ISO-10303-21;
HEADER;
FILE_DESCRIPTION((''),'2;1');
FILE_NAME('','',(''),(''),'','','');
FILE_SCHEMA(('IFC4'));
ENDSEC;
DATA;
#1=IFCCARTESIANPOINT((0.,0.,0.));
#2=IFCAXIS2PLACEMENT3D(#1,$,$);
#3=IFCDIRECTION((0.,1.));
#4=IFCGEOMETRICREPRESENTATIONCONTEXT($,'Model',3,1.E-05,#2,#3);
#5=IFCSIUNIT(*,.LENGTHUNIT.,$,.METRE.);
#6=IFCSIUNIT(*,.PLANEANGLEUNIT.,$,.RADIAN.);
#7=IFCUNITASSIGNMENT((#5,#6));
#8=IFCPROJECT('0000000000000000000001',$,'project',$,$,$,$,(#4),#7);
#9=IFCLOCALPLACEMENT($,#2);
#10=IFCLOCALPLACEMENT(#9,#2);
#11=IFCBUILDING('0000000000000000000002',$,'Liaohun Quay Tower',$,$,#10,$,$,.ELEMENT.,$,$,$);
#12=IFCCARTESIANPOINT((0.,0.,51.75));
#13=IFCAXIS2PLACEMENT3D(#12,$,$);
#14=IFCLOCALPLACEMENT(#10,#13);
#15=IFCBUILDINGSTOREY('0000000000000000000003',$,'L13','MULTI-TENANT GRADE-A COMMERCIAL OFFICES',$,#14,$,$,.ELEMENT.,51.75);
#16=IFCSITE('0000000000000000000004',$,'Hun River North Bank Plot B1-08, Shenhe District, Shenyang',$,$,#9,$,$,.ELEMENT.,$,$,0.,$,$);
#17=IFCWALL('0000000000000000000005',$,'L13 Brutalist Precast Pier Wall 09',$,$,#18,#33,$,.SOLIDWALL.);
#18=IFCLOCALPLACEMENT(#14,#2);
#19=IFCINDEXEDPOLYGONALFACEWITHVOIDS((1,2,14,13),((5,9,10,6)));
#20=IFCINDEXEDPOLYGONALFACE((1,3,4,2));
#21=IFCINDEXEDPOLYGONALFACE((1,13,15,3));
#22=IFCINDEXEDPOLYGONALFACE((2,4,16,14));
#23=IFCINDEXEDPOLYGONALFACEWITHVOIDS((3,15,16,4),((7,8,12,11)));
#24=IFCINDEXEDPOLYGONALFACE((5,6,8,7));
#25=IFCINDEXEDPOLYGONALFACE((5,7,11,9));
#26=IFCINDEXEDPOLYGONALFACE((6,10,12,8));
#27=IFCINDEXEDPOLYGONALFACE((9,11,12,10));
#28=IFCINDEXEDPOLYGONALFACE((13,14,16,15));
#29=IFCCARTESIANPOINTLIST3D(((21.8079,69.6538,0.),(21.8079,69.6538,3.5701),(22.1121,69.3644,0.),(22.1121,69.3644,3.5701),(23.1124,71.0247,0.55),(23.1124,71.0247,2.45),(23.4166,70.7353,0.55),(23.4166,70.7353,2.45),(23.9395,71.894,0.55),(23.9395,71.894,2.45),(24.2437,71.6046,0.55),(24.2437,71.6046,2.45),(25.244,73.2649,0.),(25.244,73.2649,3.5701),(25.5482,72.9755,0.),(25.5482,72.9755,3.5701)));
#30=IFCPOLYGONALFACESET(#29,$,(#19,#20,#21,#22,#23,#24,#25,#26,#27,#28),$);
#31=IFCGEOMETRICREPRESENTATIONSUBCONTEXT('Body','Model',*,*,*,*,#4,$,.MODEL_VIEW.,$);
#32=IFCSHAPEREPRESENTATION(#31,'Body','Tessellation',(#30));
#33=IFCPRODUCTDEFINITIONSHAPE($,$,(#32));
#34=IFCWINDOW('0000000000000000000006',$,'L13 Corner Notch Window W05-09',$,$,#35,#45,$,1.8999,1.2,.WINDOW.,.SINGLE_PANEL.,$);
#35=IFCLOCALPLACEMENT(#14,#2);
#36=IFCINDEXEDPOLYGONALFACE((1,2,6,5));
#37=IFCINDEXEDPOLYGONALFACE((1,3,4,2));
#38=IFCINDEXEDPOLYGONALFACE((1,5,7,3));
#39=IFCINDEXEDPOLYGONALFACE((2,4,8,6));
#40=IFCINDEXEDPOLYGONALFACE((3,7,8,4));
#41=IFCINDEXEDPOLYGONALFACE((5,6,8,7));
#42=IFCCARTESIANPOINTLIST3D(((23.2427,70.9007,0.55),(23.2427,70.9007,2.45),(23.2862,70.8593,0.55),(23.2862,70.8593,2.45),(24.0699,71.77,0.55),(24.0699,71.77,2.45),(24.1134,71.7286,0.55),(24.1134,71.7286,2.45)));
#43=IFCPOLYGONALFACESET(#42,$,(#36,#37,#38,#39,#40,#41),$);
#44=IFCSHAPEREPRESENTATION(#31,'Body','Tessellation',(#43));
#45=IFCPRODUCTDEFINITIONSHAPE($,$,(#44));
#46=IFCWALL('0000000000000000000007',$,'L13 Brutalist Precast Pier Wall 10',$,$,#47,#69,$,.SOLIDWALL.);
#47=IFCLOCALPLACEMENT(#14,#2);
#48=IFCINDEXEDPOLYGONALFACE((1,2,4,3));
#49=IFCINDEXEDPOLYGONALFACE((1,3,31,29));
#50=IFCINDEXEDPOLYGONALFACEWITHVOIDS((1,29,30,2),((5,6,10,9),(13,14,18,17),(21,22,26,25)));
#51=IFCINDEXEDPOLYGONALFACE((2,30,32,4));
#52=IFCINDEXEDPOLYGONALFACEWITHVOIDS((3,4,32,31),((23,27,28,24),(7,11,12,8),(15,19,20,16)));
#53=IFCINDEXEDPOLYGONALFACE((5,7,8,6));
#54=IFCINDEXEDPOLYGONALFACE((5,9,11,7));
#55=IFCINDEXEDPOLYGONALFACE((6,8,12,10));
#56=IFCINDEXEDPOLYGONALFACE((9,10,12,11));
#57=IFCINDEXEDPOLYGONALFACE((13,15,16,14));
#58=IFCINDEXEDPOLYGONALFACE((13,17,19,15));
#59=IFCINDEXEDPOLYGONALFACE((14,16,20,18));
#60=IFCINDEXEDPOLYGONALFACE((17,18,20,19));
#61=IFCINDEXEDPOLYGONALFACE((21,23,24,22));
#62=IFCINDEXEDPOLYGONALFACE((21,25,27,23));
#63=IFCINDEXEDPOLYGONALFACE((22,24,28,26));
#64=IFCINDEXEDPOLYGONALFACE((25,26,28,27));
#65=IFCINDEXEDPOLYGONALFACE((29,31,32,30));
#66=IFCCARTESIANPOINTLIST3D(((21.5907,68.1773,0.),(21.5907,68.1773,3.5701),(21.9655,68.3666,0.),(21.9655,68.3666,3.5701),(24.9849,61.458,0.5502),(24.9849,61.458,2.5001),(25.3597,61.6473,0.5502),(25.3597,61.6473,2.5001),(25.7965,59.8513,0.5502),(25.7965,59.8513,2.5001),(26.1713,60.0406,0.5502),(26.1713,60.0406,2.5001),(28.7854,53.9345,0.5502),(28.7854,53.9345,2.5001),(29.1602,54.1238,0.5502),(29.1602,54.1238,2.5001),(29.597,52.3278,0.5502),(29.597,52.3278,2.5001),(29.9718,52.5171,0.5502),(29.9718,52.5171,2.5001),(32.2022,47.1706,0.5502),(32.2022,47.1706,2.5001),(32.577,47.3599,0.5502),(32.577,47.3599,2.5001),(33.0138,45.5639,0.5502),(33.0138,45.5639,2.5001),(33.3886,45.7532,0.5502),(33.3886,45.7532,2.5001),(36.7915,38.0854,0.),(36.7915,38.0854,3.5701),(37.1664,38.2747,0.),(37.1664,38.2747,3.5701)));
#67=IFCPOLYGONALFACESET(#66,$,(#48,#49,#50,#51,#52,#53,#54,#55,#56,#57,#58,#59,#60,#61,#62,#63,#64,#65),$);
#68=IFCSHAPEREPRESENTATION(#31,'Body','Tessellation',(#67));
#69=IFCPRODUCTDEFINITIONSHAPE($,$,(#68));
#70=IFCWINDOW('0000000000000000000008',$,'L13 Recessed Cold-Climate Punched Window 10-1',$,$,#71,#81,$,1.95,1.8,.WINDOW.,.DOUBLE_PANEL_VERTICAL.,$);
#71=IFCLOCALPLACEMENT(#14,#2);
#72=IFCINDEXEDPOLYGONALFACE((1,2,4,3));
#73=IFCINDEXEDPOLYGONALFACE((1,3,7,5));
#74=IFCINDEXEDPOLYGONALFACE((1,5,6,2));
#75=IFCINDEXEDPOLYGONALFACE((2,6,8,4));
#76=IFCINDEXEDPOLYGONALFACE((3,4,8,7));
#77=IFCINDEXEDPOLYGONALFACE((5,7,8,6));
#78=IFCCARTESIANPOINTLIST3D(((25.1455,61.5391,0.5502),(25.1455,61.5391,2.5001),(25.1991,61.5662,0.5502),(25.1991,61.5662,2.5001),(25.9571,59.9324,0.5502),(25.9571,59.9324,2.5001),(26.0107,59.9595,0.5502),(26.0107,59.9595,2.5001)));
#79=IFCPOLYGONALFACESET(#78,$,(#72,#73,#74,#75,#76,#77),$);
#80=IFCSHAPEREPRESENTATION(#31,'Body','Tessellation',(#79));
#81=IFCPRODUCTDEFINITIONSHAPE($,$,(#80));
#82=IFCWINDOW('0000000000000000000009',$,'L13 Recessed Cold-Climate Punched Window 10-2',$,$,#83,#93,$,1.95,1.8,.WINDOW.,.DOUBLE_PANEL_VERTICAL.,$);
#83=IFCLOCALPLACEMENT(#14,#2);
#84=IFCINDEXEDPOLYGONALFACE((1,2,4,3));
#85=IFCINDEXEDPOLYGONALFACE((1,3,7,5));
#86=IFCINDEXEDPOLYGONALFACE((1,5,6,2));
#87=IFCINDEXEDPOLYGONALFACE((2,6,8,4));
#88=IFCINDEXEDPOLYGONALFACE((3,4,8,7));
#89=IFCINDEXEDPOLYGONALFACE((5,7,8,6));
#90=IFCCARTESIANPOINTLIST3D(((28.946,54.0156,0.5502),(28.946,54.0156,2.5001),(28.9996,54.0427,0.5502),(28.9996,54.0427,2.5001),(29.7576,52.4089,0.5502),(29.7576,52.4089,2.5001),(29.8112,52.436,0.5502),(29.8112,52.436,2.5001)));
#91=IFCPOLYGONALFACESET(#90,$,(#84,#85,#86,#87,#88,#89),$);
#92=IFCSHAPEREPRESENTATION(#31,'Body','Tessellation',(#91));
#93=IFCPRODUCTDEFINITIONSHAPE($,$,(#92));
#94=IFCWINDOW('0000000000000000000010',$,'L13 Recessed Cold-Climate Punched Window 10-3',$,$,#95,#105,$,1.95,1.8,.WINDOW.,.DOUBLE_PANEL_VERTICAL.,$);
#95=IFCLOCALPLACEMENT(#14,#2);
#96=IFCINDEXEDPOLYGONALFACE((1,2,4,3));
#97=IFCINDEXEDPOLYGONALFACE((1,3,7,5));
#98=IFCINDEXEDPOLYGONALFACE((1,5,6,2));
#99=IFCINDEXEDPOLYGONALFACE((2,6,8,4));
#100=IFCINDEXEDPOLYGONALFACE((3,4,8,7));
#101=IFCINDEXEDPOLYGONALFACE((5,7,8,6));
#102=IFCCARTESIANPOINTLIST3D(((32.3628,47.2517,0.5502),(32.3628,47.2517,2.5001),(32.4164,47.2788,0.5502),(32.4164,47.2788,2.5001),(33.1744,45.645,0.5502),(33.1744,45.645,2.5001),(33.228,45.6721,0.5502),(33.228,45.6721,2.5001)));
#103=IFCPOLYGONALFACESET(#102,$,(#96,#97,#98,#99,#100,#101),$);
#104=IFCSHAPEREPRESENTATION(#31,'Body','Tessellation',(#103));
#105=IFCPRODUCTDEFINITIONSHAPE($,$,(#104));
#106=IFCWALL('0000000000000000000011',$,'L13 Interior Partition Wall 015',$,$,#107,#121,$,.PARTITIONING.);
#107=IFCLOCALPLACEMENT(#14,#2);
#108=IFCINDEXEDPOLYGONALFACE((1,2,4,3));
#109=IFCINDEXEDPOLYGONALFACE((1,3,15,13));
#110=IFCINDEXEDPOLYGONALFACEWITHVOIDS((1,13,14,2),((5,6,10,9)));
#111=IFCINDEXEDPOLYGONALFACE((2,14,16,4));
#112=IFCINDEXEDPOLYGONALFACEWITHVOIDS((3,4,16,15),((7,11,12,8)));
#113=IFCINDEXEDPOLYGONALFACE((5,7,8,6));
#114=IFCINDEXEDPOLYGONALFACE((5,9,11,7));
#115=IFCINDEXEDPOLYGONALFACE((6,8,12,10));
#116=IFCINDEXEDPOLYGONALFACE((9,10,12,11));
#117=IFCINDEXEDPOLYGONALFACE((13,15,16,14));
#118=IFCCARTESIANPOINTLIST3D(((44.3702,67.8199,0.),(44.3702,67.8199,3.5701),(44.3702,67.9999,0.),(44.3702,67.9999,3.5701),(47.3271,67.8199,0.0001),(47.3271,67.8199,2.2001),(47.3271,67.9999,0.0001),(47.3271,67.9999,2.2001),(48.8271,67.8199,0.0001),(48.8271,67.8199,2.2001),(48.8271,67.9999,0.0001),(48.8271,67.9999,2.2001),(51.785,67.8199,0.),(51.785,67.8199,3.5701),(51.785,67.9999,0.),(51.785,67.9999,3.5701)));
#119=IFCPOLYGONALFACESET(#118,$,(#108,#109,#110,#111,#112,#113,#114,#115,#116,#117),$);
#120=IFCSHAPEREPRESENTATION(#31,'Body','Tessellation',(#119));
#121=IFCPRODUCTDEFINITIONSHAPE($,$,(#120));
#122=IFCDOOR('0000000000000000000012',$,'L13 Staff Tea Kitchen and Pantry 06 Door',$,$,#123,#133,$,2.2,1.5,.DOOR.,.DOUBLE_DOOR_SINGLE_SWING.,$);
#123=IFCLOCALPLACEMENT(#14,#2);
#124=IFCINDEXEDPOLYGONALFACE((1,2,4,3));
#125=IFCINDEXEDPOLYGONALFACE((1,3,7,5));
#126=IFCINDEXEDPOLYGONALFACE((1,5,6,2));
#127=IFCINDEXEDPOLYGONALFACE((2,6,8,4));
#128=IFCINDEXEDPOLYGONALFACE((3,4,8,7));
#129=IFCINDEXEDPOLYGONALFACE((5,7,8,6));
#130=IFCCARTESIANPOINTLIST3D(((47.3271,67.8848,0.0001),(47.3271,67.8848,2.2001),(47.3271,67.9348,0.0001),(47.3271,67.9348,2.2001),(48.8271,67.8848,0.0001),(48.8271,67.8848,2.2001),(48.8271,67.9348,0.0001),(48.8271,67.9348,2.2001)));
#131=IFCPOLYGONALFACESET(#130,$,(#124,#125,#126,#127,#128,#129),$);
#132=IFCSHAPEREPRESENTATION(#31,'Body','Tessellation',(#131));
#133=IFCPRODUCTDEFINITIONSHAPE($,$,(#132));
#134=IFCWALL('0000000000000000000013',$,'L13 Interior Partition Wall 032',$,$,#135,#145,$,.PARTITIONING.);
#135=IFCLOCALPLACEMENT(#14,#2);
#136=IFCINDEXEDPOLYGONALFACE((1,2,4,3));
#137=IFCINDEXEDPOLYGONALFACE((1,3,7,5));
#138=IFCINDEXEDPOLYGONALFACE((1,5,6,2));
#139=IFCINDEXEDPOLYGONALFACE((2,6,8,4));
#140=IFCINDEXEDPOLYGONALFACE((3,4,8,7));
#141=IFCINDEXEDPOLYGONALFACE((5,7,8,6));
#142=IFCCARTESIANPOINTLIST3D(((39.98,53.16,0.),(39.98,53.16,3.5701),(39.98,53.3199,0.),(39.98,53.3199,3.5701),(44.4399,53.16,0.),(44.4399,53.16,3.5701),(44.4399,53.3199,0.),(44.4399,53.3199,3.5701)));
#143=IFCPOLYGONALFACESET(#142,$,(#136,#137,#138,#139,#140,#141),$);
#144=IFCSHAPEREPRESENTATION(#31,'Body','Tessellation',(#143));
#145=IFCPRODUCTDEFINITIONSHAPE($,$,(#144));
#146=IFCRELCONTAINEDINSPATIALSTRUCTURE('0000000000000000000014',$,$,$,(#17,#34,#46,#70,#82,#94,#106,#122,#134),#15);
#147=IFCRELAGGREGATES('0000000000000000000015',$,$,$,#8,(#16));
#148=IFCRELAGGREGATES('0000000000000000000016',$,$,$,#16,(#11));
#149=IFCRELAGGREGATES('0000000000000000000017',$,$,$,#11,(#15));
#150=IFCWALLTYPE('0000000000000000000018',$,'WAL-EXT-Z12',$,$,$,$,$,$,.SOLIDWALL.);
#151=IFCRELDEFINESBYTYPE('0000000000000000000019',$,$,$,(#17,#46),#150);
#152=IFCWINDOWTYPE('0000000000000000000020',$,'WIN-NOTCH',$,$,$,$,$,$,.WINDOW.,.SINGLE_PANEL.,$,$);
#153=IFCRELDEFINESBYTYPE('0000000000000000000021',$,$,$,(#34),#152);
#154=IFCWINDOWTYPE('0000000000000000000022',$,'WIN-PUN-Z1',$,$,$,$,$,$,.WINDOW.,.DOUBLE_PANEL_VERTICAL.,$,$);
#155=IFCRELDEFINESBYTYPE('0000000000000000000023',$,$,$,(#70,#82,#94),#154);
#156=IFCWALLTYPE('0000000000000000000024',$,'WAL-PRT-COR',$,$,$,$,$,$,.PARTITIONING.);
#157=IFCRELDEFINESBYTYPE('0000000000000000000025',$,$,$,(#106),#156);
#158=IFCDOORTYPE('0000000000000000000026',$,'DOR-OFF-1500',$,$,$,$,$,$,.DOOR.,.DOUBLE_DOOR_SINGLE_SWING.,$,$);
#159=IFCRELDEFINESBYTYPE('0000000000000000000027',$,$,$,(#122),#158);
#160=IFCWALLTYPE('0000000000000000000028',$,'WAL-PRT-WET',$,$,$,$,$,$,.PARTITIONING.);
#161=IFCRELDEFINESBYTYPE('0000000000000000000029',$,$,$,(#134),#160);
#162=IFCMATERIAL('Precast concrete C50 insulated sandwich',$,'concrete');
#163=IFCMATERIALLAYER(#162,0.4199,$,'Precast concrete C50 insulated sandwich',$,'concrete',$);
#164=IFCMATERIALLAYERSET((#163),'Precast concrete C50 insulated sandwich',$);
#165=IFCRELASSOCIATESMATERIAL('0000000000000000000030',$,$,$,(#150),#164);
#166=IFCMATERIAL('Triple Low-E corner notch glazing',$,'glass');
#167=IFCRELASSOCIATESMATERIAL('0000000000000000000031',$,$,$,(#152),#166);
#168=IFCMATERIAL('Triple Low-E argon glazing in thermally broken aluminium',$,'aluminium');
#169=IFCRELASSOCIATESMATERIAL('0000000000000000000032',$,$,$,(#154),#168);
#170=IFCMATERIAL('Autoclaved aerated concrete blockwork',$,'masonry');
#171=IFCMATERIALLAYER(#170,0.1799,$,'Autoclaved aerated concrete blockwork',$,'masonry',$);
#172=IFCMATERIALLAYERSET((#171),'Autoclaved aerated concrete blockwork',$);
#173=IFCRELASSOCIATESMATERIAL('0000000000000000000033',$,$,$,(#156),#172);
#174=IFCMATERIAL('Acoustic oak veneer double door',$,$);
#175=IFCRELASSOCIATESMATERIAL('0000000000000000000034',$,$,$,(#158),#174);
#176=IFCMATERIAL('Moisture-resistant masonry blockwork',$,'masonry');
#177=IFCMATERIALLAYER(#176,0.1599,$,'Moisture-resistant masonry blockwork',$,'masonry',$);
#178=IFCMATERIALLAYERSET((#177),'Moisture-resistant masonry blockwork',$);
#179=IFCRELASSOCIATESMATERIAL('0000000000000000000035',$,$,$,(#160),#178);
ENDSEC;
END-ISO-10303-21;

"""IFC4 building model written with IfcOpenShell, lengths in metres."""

from ifc_helpers import new_model, si_unit, direction, frame, frame_2d, origin, place, context, subcontext, project, spatial, rectangle, extrude, source, transform, mapped, material, layer, layer_set, type_object, element, fill, save


model = new_model("IFC4")

# Units and contexts
model_context = context("Model", 3, precision=1e-05, world=origin(), true_north=direction((0.0, 1.0)))
body_context = subcontext(model_context, "Body", "Model", "MODEL_VIEW")
ifc_project = project(units=[si_unit("LENGTHUNIT", "METRE"), si_unit("PLANEANGLEUNIT", "RADIAN")], contexts=[model_context])

# Site, building, storey
site_placement = place(None, origin())
site = spatial("IfcSite", under=ifc_project, at=site_placement, Name="Hun River North Bank Plot B1-08, Shenhe District, Shenyang", CompositionType="ELEMENT", RefElevation=0.0)
building_placement = place(site_placement, origin())
building = spatial("IfcBuilding", under=site, at=building_placement, Name="Liaohun Quay Tower", CompositionType="ELEMENT")
storey_placement = place(building_placement, frame((0.0, 0.0, 51.75)))
storey = spatial("IfcBuildingStorey", under=building, at=storey_placement, Name="L13", Description="MULTI-TENANT GRADE-A COMMERCIAL OFFICES", CompositionType="ELEMENT", Elevation=51.75)

# Wall, opening, window
ifc_material_1 = material(Name="Precast concrete C50 insulated sandwich", Category="concrete")
ifc_layer_1 = layer(ifc_material_1, 0.4199, Name="Precast concrete C50 insulated sandwich", Category="concrete")
ifc_layer_set_1 = layer_set([ifc_layer_1], Name="Precast concrete C50 insulated sandwich")
wall_type_1 = type_object("IfcWallType", Name="WAL-EXT-Z12", PredefinedType="SOLIDWALL", material=ifc_layer_set_1)
shared_shape_1 = source(origin(), body_context, "Body", "SweptSolid", [
    extrude(rectangle(XDim=1.2, YDim=1.8999, at=frame_2d((0.6001, 0.95))), frame((0.0, 0.22, 0.0), z_axis=(0.0, -1.0, 0.0), x_axis=(1.0, 0.0, 0.0)), (0.0, 0.0, 1.0), 0.4399),
])
ifc_material_2 = material(Name="Triple Low-E corner notch glazing", Category="glass")
window_type_1 = type_object("IfcWindowType", Name="WIN-NOTCH", PartitioningType="SINGLE_PANEL", PredefinedType="WINDOW", material=ifc_material_2)
shared_shape_2 = source(origin(), body_context, "Body", "SweptSolid", [
    extrude(rectangle(XDim=1.2, YDim=1.8999, at=frame_2d((0.6001, 0.95))), frame((0.0, 0.03, 0.0), z_axis=(0.0, -1.0, 0.0), x_axis=(1.0, 0.0, 0.0)), (0.0, 0.0, 1.0), 0.0601),
])
wall_1_placement = place(storey_placement, frame((25.396, 73.1201, 0.0), z_axis=(0.0, 0.0, 1.0), x_axis=(-0.68933, -0.724448, 0.0)))
wall_1 = element("IfcWall", 1, at=wall_1_placement, inside=storey, type_object=wall_type_1, Name="L13 Brutalist Precast Pier Wall 09", PredefinedType="SOLIDWALL", context=body_context, shape_type="SweptSolid", body=[
    extrude(rectangle(XDim=4.9846, YDim=0.4199, at=frame_2d((2.4922, 0.0))), origin(), (0.0, 0.0, 1.0), 3.5701),
])
opening_1_placement = place(wall_1_placement, frame((1.8921, 0.0, 0.55)))
opening_1 = element("IfcOpeningElement", 2, at=opening_1_placement, cuts=wall_1, PredefinedType="OPENING", context=body_context, shape_type="MappedRepresentation", body=[
    mapped(shared_shape_1, transform((0.0, 0.0, 0.0), x_axis=(1.0, 0.0, 0.0), y_axis=(0.0, 1.0, 0.0), z_axis=(0.0, 0.0, 1.0), scale=1.0)),
])
window_1_placement = place(opening_1_placement, origin())
window_1 = element("IfcWindow", 3, at=window_1_placement, inside=storey, type_object=window_type_1, Name="L13 Corner Notch Window W05-09", OverallHeight=1.8999, OverallWidth=1.2, PartitioningType="SINGLE_PANEL", PredefinedType="WINDOW", context=body_context, shape_type="MappedRepresentation", body=[
    mapped(shared_shape_2, transform((0.0, 0.0, 0.0), x_axis=(1.0, 0.0, 0.0), y_axis=(0.0, 1.0, 0.0), z_axis=(0.0, 0.0, 1.0), scale=1.0)),
])
fill(opening_1, window_1)

# Wall, openings, windows
wall_2_placement = place(storey_placement, frame((21.7781, 68.272, 0.0), z_axis=(0.0, 0.0, 1.0), x_axis=(0.450886, -0.892582, 0.0)))
wall_2 = element("IfcWall", 4, at=wall_2_placement, inside=storey, type_object=wall_type_1, Name="L13 Brutalist Precast Pier Wall 10", PredefinedType="SOLIDWALL", context=body_context, shape_type="SweptSolid", body=[
    extrude(rectangle(XDim=33.7134, YDim=0.4199, at=frame_2d((16.8567, 0.0))), origin(), (0.0, 0.0, 1.0), 3.5701),
])
shared_shape_3 = source(origin(), body_context, "Body", "SweptSolid", [
    extrude(rectangle(XDim=1.8, YDim=1.95, at=frame_2d((0.8999, 0.9751))), frame((0.0, 0.22, 0.0), z_axis=(0.0, -1.0, 0.0), x_axis=(1.0, 0.0, 0.0)), (0.0, 0.0, 1.0), 0.4399),
])
opening_2_placement = place(wall_2_placement, frame((7.5281, 0.0, 0.55)))
opening_2 = element("IfcOpeningElement", 5, at=opening_2_placement, cuts=wall_2, PredefinedType="OPENING", context=body_context, shape_type="MappedRepresentation", body=[
    mapped(shared_shape_3, transform((0.0, 0.0, 0.0), x_axis=(1.0, 0.0, 0.0), y_axis=(0.0, 1.0, 0.0), z_axis=(0.0, 0.0, 1.0), scale=1.0)),
])
opening_3_placement = place(wall_2_placement, frame((15.957, 0.0, 0.55)))
opening_3 = element("IfcOpeningElement", 6, at=opening_3_placement, cuts=wall_2, PredefinedType="OPENING", context=body_context, shape_type="MappedRepresentation", body=[
    mapped(shared_shape_3, transform((0.0, 0.0, 0.0), x_axis=(1.0, 0.0, 0.0), y_axis=(0.0, 1.0, 0.0), z_axis=(0.0, 0.0, 1.0), scale=1.0)),
])
opening_4_placement = place(wall_2_placement, frame((23.5349, 0.0, 0.55)))
opening_4 = element("IfcOpeningElement", 7, at=opening_4_placement, cuts=wall_2, PredefinedType="OPENING", context=body_context, shape_type="MappedRepresentation", body=[
    mapped(shared_shape_3, transform((0.0, 0.0, 0.0), x_axis=(1.0, 0.0, 0.0), y_axis=(0.0, 1.0, 0.0), z_axis=(0.0, 0.0, 1.0), scale=1.0)),
])
ifc_material_3 = material(Name="Triple Low-E argon glazing in thermally broken aluminium", Category="aluminium")
window_type_2 = type_object("IfcWindowType", Name="WIN-PUN-Z1", PartitioningType="DOUBLE_PANEL_VERTICAL", PredefinedType="WINDOW", material=ifc_material_3)
shared_shape_4 = source(origin(), body_context, "Body", "SweptSolid", [
    extrude(rectangle(XDim=1.8, YDim=1.95, at=frame_2d((0.8999, 0.9751))), frame((0.0, 0.03, 0.0), z_axis=(0.0, -1.0, 0.0), x_axis=(1.0, 0.0, 0.0)), (0.0, 0.0, 1.0), 0.0601),
])
window_2_placement = place(opening_2_placement, origin())
window_2 = element("IfcWindow", 8, at=window_2_placement, inside=storey, type_object=window_type_2, Name="L13 Recessed Cold-Climate Punched Window 10-1", OverallHeight=1.95, OverallWidth=1.8, PartitioningType="DOUBLE_PANEL_VERTICAL", PredefinedType="WINDOW", context=body_context, shape_type="MappedRepresentation", body=[
    mapped(shared_shape_4, transform((0.0, 0.0, 0.0), x_axis=(1.0, 0.0, 0.0), y_axis=(0.0, 1.0, 0.0), z_axis=(0.0, 0.0, 1.0), scale=1.0)),
])
fill(opening_2, window_2)
window_3_placement = place(opening_3_placement, origin())
window_3 = element("IfcWindow", 9, at=window_3_placement, inside=storey, type_object=window_type_2, Name="L13 Recessed Cold-Climate Punched Window 10-2", OverallHeight=1.95, OverallWidth=1.8, PartitioningType="DOUBLE_PANEL_VERTICAL", PredefinedType="WINDOW", context=body_context, shape_type="MappedRepresentation", body=[
    mapped(shared_shape_4, transform((0.0, 0.0, 0.0), x_axis=(1.0, 0.0, 0.0), y_axis=(0.0, 1.0, 0.0), z_axis=(0.0, 0.0, 1.0), scale=1.0)),
])
fill(opening_3, window_3)
window_4_placement = place(opening_4_placement, origin())
window_4 = element("IfcWindow", 10, at=window_4_placement, inside=storey, type_object=window_type_2, Name="L13 Recessed Cold-Climate Punched Window 10-3", OverallHeight=1.95, OverallWidth=1.8, PartitioningType="DOUBLE_PANEL_VERTICAL", PredefinedType="WINDOW", context=body_context, shape_type="MappedRepresentation", body=[
    mapped(shared_shape_4, transform((0.0, 0.0, 0.0), x_axis=(1.0, 0.0, 0.0), y_axis=(0.0, 1.0, 0.0), z_axis=(0.0, 0.0, 1.0), scale=1.0)),
])
fill(opening_4, window_4)

# Wall, opening, door
ifc_material_4 = material(Name="Autoclaved aerated concrete blockwork", Category="masonry")
ifc_layer_2 = layer(ifc_material_4, 0.1799, Name="Autoclaved aerated concrete blockwork", Category="masonry")
ifc_layer_set_2 = layer_set([ifc_layer_2], Name="Autoclaved aerated concrete blockwork")
wall_type_2 = type_object("IfcWallType", Name="WAL-PRT-COR", PredefinedType="PARTITIONING", material=ifc_layer_set_2)
wall_3_placement = place(storey_placement, frame((44.3701, 67.9099, 0.0), z_axis=(0.0, 0.0, 1.0), x_axis=(1.0, 0.0, 0.0)))
wall_3 = element("IfcWall", 11, at=wall_3_placement, inside=storey, type_object=wall_type_2, Name="L13 Interior Partition Wall 015", PredefinedType="PARTITIONING", context=body_context, shape_type="SweptSolid", body=[
    extrude(rectangle(XDim=7.4148, YDim=0.1799, at=frame_2d((3.7075, 0.0))), origin(), (0.0, 0.0, 1.0), 3.5701),
])
shared_shape_5 = source(origin(), body_context, "Body", "SweptSolid", [
    extrude(rectangle(XDim=1.5, YDim=2.2, at=frame_2d((0.75, 1.1001))), frame((0.0, 0.0999, 0.0), z_axis=(0.0, -1.0, 0.0), x_axis=(1.0, 0.0, 0.0)), (0.0, 0.0, 1.0), 0.2),
])
opening_5_placement = place(wall_3_placement, frame((2.957, 0.0, 0.0)))
opening_5 = element("IfcOpeningElement", 12, at=opening_5_placement, cuts=wall_3, PredefinedType="OPENING", context=body_context, shape_type="MappedRepresentation", body=[
    mapped(shared_shape_5, transform((0.0, 0.0, 0.0), x_axis=(1.0, 0.0, 0.0), y_axis=(0.0, 1.0, 0.0), z_axis=(0.0, 0.0, 1.0), scale=1.0)),
])
ifc_material_5 = material(Name="Acoustic oak veneer double door")
door_type = type_object("IfcDoorType", Name="DOR-OFF-1500", OperationType="DOUBLE_DOOR_SINGLE_SWING", PredefinedType="DOOR", material=ifc_material_5)
shared_shape_6 = source(origin(), body_context, "Body", "SweptSolid", [
    extrude(rectangle(XDim=1.5, YDim=2.2, at=frame_2d((0.75, 1.1001))), frame((0.0, 0.0249, 0.0), z_axis=(0.0, -1.0, 0.0), x_axis=(1.0, 0.0, 0.0)), (0.0, 0.0, 1.0), 0.05),
])
door_placement = place(opening_5_placement, origin())
door = element("IfcDoor", 13, at=door_placement, inside=storey, type_object=door_type, Name="L13 Staff Tea Kitchen and Pantry 06 Door", OperationType="DOUBLE_DOOR_SINGLE_SWING", OverallHeight=2.2, OverallWidth=1.5, PredefinedType="DOOR", context=body_context, shape_type="MappedRepresentation", body=[
    mapped(shared_shape_6, transform((0.0, 0.0, 0.0), x_axis=(1.0, 0.0, 0.0), y_axis=(0.0, 1.0, 0.0), z_axis=(0.0, 0.0, 1.0), scale=1.0)),
])
fill(opening_5, door)

# Wall
ifc_material_6 = material(Name="Moisture-resistant masonry blockwork", Category="masonry")
ifc_layer_3 = layer(ifc_material_6, 0.1599, Name="Moisture-resistant masonry blockwork", Category="masonry")
ifc_layer_set_3 = layer_set([ifc_layer_3], Name="Moisture-resistant masonry blockwork")
wall_type_3 = type_object("IfcWallType", Name="WAL-PRT-WET", PredefinedType="PARTITIONING", material=ifc_layer_set_3)
for number, where, z_axis, x_axis, name in (
    (14, (39.98, 53.24, 0.0), (0.0, 0.0, 1.0), (1.0, 0.0, 0.0), "L13 Interior Partition Wall 032"),
):
    element("IfcWall", number, at=place(storey_placement, frame(where, z_axis=z_axis, x_axis=x_axis)), inside=storey, type_object=wall_type_3, Name=name, PredefinedType="PARTITIONING", context=body_context, shape_type="SweptSolid", body=[
        extrude(rectangle(XDim=4.46, YDim=0.1599, at=frame_2d((2.23, 0.0))), origin(), (0.0, 0.0, 1.0), 3.5701),
    ])

save(model, "model.ifc")
